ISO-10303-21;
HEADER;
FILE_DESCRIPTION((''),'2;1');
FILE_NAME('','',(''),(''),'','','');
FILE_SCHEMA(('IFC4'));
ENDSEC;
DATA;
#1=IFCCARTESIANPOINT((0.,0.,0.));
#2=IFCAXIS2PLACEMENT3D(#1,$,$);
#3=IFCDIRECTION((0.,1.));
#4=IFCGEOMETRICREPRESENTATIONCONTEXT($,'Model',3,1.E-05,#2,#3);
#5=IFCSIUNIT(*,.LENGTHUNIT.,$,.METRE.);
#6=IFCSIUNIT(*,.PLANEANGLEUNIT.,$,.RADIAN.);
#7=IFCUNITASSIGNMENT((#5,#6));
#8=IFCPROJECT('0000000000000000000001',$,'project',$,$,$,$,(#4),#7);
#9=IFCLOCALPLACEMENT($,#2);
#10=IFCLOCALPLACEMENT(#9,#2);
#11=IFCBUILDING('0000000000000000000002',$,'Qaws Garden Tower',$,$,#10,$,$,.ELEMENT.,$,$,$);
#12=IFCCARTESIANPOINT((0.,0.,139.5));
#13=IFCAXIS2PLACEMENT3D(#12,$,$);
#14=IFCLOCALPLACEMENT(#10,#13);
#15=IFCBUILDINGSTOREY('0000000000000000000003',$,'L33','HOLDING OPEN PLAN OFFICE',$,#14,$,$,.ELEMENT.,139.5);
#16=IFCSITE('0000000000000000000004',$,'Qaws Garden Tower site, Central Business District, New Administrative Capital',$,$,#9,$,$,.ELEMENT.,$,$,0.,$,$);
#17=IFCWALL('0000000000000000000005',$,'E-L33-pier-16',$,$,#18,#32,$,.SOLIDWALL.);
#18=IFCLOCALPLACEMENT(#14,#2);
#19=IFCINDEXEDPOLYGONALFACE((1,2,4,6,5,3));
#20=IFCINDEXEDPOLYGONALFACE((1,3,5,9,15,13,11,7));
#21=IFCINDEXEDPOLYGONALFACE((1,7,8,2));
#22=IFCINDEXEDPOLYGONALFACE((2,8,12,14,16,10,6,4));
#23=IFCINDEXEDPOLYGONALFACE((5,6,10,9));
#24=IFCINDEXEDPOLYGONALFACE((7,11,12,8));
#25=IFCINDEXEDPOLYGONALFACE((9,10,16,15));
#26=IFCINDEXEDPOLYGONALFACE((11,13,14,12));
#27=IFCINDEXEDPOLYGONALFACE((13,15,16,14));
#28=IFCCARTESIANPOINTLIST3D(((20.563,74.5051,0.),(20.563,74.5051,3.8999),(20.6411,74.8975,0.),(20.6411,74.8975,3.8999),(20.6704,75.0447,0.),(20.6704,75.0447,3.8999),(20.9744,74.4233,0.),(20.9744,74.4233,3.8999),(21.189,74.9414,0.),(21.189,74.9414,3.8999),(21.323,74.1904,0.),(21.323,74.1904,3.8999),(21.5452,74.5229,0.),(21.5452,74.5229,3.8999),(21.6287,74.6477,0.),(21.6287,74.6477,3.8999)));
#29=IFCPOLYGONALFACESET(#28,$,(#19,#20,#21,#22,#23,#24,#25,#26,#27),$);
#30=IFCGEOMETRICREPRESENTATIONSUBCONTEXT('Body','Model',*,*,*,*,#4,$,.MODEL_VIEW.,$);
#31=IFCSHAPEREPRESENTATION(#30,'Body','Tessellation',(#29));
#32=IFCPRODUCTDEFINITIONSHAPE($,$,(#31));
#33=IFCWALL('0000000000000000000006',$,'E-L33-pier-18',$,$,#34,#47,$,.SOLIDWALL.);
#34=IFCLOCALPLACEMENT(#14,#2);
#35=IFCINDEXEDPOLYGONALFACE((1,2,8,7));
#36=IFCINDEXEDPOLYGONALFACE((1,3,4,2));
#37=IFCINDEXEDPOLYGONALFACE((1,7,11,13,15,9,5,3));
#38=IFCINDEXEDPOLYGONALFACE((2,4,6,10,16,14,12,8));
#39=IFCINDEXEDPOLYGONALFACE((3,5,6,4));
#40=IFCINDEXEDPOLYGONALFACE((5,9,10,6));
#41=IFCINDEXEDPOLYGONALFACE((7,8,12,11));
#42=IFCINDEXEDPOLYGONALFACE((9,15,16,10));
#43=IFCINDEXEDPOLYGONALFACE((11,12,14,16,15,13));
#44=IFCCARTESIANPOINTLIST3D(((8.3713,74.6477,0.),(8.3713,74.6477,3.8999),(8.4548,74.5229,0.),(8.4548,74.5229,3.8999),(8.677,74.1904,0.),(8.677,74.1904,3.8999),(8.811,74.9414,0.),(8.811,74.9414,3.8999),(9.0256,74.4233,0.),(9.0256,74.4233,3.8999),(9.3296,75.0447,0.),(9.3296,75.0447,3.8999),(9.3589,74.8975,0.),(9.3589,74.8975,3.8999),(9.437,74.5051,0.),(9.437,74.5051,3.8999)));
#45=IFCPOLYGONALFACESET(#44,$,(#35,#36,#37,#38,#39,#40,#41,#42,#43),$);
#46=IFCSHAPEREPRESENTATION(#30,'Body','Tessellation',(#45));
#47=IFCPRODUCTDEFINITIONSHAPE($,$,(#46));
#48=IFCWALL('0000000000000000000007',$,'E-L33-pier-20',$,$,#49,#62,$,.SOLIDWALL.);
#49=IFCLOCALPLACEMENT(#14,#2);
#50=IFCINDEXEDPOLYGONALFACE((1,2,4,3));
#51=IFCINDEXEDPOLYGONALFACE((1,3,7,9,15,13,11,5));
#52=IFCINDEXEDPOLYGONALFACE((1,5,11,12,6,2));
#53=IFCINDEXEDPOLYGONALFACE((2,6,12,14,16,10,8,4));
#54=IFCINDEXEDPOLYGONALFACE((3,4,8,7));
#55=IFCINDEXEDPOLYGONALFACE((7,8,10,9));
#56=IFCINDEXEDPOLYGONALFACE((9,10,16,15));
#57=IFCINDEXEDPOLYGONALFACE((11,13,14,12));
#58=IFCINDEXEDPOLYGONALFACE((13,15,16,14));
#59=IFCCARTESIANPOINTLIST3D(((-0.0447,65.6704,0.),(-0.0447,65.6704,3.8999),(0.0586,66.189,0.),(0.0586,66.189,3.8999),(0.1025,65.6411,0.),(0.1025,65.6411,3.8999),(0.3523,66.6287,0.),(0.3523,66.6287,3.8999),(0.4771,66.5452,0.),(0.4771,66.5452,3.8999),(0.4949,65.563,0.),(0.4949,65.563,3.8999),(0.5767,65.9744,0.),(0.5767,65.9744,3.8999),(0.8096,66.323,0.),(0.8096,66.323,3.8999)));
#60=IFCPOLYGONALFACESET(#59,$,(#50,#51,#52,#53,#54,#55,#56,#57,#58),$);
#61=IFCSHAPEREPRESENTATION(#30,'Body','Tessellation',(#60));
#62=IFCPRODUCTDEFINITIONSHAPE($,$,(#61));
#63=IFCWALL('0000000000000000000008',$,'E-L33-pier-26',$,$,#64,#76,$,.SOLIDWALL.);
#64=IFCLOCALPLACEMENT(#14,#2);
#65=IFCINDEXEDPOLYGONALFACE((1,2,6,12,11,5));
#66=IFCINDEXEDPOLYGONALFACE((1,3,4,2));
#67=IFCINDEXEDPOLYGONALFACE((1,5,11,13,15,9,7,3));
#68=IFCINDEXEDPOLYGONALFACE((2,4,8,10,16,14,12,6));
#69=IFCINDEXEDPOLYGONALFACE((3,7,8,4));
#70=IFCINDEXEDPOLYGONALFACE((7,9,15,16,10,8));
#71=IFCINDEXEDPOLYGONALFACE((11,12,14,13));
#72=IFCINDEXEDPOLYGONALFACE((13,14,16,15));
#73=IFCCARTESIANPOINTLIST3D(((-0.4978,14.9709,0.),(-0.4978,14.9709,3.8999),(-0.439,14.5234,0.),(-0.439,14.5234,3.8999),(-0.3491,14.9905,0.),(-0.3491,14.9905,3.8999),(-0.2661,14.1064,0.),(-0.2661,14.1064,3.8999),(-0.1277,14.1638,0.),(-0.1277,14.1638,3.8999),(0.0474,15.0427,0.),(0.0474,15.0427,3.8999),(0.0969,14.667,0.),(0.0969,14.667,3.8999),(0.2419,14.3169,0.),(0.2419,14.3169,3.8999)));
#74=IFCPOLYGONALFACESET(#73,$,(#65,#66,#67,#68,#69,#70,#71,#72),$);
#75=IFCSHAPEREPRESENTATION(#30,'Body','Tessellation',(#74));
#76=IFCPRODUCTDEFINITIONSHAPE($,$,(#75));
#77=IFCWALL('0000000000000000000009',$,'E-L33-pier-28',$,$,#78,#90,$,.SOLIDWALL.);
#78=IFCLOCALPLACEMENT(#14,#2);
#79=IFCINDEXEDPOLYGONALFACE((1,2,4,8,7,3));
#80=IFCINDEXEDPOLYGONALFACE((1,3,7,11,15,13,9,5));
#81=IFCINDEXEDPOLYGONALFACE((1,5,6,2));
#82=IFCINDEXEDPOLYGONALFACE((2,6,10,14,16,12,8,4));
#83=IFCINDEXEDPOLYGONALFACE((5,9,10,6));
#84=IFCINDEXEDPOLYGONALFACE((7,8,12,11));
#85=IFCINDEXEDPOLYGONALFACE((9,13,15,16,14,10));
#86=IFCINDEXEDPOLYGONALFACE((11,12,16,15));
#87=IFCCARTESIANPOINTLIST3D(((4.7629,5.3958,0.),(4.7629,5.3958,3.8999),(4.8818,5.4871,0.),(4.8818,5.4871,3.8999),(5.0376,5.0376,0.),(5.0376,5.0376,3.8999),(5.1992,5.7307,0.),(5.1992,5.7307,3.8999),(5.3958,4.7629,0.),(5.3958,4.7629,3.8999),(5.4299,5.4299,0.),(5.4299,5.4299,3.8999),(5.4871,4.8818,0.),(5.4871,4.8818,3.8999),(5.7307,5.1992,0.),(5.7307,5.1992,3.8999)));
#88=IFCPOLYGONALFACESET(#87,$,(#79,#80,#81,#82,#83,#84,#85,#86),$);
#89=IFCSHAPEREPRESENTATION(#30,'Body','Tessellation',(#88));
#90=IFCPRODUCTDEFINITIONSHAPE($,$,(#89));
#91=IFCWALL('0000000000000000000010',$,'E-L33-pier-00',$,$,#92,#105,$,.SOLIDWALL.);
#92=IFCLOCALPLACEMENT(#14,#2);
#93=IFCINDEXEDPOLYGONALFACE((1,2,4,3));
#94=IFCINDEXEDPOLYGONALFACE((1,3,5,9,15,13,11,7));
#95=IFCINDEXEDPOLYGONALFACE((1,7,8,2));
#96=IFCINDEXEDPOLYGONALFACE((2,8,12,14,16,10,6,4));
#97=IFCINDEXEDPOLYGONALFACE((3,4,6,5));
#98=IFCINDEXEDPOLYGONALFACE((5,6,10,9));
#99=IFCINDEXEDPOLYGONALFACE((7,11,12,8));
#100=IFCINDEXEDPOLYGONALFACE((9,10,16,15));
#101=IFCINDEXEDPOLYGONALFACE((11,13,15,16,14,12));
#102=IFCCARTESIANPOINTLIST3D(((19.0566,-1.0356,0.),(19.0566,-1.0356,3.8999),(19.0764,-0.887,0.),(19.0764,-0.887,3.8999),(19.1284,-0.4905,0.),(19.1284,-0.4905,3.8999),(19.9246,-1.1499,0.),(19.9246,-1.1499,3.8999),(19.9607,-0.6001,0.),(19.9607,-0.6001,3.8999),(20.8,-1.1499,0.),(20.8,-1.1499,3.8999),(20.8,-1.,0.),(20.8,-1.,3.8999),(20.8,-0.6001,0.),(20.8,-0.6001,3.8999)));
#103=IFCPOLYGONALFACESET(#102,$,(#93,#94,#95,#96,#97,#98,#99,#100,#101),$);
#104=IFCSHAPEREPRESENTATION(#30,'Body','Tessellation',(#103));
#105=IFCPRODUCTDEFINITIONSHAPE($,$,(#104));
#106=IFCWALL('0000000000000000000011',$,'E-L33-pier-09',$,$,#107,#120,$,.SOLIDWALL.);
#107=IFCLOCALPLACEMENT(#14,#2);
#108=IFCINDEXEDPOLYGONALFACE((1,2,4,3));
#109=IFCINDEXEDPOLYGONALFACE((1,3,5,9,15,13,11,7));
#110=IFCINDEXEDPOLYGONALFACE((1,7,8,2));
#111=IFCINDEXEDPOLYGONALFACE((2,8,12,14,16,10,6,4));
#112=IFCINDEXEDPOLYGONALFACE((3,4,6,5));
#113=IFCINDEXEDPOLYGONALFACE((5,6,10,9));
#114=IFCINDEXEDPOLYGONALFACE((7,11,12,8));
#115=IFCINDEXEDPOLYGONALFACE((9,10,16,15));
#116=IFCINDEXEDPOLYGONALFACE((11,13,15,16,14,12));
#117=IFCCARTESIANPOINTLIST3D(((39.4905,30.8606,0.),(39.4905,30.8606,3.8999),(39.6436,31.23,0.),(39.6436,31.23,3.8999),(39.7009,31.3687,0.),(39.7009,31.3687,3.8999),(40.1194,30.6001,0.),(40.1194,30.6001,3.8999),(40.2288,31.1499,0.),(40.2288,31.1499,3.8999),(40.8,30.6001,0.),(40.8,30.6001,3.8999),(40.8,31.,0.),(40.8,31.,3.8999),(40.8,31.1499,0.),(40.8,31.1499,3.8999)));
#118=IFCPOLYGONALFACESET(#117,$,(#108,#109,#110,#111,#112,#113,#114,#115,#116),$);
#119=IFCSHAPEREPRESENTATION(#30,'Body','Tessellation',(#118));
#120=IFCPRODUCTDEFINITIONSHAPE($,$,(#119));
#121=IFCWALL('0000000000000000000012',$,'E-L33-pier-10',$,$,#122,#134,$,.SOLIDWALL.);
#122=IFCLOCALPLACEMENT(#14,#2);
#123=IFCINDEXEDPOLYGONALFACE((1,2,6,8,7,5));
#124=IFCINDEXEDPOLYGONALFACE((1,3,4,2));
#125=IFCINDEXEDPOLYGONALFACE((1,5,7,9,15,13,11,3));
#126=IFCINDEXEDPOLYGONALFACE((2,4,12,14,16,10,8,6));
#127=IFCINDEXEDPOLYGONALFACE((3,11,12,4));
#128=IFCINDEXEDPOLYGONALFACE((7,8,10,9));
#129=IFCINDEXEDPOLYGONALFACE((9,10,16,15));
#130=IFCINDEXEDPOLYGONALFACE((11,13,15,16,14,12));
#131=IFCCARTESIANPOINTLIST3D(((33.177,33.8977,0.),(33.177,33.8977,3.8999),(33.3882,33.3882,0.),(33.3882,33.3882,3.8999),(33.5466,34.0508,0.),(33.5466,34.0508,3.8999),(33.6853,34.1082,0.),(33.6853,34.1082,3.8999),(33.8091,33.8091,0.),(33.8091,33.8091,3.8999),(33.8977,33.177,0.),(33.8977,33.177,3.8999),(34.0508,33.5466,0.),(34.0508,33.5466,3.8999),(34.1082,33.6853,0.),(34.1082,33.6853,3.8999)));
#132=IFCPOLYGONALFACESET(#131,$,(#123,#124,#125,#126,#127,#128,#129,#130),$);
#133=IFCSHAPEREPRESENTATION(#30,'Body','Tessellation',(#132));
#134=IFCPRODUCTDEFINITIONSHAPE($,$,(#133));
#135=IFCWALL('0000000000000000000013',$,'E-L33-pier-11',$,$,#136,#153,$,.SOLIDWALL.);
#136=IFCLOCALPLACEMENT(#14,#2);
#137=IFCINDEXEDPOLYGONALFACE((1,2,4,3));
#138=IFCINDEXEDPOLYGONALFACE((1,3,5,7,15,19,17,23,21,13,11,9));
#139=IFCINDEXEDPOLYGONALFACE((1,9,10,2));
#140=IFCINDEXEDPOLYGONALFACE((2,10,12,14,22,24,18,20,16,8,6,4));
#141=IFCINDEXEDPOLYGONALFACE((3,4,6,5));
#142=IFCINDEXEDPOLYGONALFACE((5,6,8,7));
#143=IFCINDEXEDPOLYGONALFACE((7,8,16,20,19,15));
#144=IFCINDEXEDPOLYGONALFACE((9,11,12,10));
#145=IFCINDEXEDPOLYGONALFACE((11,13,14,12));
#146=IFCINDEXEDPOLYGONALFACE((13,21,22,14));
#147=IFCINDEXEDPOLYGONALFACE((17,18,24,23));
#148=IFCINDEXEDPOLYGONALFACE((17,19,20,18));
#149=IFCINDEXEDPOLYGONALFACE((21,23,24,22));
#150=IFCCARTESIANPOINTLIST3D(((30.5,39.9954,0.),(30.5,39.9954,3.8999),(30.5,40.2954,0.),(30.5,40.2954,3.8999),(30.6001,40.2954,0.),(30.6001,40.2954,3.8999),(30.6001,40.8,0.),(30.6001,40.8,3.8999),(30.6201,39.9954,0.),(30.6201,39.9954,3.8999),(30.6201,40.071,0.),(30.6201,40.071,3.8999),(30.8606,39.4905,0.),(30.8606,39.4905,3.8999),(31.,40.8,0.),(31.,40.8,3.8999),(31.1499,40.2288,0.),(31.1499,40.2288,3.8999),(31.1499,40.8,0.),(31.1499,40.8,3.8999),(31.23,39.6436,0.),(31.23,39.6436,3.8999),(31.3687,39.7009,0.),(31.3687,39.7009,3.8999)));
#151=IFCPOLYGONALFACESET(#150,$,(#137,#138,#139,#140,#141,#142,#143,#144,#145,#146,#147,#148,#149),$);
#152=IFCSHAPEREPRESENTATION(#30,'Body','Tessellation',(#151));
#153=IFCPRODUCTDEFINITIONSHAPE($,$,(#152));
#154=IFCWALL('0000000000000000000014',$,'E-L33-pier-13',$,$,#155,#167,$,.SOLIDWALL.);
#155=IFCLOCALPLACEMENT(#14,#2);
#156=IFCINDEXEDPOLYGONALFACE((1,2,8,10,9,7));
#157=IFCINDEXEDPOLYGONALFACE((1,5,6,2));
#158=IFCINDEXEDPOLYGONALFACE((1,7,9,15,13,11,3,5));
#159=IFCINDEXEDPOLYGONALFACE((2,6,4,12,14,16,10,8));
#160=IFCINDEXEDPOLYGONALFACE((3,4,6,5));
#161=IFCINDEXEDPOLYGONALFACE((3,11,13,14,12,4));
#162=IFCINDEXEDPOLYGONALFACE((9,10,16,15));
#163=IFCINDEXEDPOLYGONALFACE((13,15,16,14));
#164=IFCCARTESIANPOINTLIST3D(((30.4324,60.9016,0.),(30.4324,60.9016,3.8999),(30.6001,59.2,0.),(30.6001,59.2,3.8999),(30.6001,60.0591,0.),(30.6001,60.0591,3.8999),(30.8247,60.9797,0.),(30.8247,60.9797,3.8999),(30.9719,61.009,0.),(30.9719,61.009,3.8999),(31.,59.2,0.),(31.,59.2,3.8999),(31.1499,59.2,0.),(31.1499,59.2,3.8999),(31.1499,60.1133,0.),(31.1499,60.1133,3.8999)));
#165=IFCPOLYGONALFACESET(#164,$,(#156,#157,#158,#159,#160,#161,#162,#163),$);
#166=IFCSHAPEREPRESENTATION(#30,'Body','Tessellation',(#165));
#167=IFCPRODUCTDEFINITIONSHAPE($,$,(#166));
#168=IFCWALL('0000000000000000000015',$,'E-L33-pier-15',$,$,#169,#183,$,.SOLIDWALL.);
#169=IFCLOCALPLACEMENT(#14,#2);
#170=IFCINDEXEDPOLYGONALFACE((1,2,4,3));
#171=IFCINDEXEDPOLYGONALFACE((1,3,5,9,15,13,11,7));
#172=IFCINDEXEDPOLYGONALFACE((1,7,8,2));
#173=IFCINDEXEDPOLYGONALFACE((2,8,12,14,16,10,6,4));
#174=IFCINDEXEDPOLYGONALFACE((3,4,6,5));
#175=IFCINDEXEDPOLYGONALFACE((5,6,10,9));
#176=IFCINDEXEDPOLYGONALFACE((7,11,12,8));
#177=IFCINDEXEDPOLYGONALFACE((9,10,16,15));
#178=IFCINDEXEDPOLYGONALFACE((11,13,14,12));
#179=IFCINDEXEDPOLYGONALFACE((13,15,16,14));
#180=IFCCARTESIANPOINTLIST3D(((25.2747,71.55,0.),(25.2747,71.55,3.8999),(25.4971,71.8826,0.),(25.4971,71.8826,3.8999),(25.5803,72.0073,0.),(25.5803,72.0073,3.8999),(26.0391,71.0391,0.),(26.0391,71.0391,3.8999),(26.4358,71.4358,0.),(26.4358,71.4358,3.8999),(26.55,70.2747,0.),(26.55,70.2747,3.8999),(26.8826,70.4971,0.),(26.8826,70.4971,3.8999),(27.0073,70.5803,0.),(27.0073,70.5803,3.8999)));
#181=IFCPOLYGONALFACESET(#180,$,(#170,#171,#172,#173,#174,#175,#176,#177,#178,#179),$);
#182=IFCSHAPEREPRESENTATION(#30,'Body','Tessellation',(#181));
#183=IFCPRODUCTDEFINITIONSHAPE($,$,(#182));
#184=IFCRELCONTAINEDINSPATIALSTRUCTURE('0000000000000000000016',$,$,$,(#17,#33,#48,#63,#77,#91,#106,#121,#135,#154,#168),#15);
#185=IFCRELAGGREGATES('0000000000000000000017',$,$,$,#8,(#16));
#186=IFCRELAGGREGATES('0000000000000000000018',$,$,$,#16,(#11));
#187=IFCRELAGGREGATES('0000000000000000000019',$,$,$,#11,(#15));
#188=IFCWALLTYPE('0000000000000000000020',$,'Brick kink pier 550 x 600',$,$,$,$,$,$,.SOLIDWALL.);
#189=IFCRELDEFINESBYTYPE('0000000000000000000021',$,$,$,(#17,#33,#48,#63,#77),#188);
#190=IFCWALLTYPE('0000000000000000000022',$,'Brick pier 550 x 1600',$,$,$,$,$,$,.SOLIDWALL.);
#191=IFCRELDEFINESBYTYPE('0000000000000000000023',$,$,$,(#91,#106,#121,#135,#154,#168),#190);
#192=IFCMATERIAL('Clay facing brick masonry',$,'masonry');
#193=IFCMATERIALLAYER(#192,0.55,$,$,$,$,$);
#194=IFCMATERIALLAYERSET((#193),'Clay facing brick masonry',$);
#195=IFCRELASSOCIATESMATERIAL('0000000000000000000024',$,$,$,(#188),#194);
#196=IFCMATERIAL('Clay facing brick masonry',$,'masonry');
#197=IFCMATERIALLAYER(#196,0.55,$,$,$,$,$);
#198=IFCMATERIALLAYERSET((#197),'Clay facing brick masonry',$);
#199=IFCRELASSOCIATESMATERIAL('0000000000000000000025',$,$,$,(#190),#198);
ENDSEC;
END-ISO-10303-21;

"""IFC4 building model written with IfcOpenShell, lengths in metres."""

from ifc_helpers import new_model, si_unit, direction, frame, origin, place, context, subcontext, project, spatial, polyline, outline, extrude, material, layer, layer_set, type_object, element, save


model = new_model("IFC4")

# Units and contexts
model_context = context("Model", 3, precision=1e-05, world=origin(), true_north=direction((0.0, 1.0)))
body_context = subcontext(model_context, "Body", "Model", "MODEL_VIEW")
ifc_project = project(units=[si_unit("LENGTHUNIT", "METRE"), si_unit("PLANEANGLEUNIT", "RADIAN")], contexts=[model_context])

# Site, building, storey
site_placement = place(None, origin())
site = spatial("IfcSite", under=ifc_project, at=site_placement, Name="Qaws Garden Tower site, Central Business District, New Administrative Capital", CompositionType="ELEMENT", RefElevation=0.0)
building_placement = place(site_placement, origin())
building = spatial("IfcBuilding", under=site, at=building_placement, Name="Qaws Garden Tower", CompositionType="ELEMENT")
storey_placement = place(building_placement, frame((0.0, 0.0, 139.5)))
storey = spatial("IfcBuildingStorey", under=building, at=storey_placement, Name="L33", Description="HOLDING OPEN PLAN OFFICE", CompositionType="ELEMENT", Elevation=139.5)

# Walls
placement = place(storey_placement, origin())
ifc_material_1 = material(Name="Clay facing brick masonry", Category="masonry")
ifc_layer_1 = layer(ifc_material_1, 0.55)
ifc_layer_set_1 = layer_set([ifc_layer_1], Name="Clay facing brick masonry")
wall_type_1 = type_object("IfcWallType", Name="Brick kink pier 550 x 600", PredefinedType="SOLIDWALL", material=ifc_layer_set_1)
element("IfcWall", 1, at=placement, inside=storey, type_object=wall_type_1, Name="E-L33-pier-16", PredefinedType="SOLIDWALL", context=body_context, shape_type="SweptSolid", body=[
    extrude(outline(polyline([(21.5452, 74.5229), (21.6287, 74.6477), (21.189, 74.9414), (20.6704, 75.0447), (20.6411, 74.8975), (20.563, 74.5051), (20.9744, 74.4233), (21.323, 74.1904), (21.5452, 74.5229)])), origin(), (0.0, 0.0, 1.0), 3.8999),
])
element("IfcWall", 2, at=placement, inside=storey, type_object=wall_type_1, Name="E-L33-pier-18", PredefinedType="SOLIDWALL", context=body_context, shape_type="SweptSolid", body=[
    extrude(outline(polyline([(9.3589, 74.8975), (9.3296, 75.0447), (8.811, 74.9414), (8.3713, 74.6477), (8.4548, 74.5229), (8.677, 74.1904), (9.0256, 74.4233), (9.437, 74.5051), (9.3589, 74.8975)])), origin(), (0.0, 0.0, 1.0), 3.8999),
])
element("IfcWall", 3, at=placement, inside=storey, type_object=wall_type_1, Name="E-L33-pier-20", PredefinedType="SOLIDWALL", context=body_context, shape_type="SweptSolid", body=[
    extrude(outline(polyline([(0.4771, 66.5452), (0.3523, 66.6287), (0.0586, 66.189), (-0.0447, 65.6704), (0.1025, 65.6411), (0.4949, 65.563), (0.5767, 65.9744), (0.8096, 66.323), (0.4771, 66.5452)])), origin(), (0.0, 0.0, 1.0), 3.8999),
])
element("IfcWall", 4, at=placement, inside=storey, type_object=wall_type_1, Name="E-L33-pier-26", PredefinedType="SOLIDWALL", context=body_context, shape_type="SweptSolid", body=[
    extrude(outline(polyline([(-0.3491, 14.9905), (-0.4978, 14.9709), (-0.439, 14.5234), (-0.2661, 14.1064), (-0.1277, 14.1638), (0.2419, 14.3169), (0.0969, 14.667), (0.0474, 15.0427), (-0.3491, 14.9905)])), origin(), (0.0, 0.0, 1.0), 3.8999),
])
element("IfcWall", 5, at=placement, inside=storey, type_object=wall_type_1, Name="E-L33-pier-28", PredefinedType="SOLIDWALL", context=body_context, shape_type="SweptSolid", body=[
    extrude(outline(polyline([(4.8818, 5.4871), (4.7629, 5.3958), (5.0376, 5.0376), (5.3958, 4.7629), (5.4871, 4.8818), (5.7307, 5.1992), (5.4299, 5.4299), (5.1992, 5.7307), (4.8818, 5.4871)])), origin(), (0.0, 0.0, 1.0), 3.8999),
])
ifc_material_2 = material(Name="Clay facing brick masonry", Category="masonry")
ifc_layer_2 = layer(ifc_material_2, 0.55)
ifc_layer_set_2 = layer_set([ifc_layer_2], Name="Clay facing brick masonry")
wall_type_2 = type_object("IfcWallType", Name="Brick pier 550 x 1600", PredefinedType="SOLIDWALL", material=ifc_layer_set_2)
element("IfcWall", 6, at=placement, inside=storey, type_object=wall_type_2, Name="E-L33-pier-00", PredefinedType="SOLIDWALL", context=body_context, shape_type="SweptSolid", body=[
    extrude(outline(polyline([(19.0764, -0.887), (19.0566, -1.0356), (19.9246, -1.1499), (20.8, -1.1499), (20.8, -1.0), (20.8, -0.6001), (19.9607, -0.6001), (19.1284, -0.4905), (19.0764, -0.887)])), origin(), (0.0, 0.0, 1.0), 3.8999),
])
element("IfcWall", 7, at=placement, inside=storey, type_object=wall_type_2, Name="E-L33-pier-09", PredefinedType="SOLIDWALL", context=body_context, shape_type="SweptSolid", body=[
    extrude(outline(polyline([(40.8, 31.0), (40.8, 31.1499), (40.2288, 31.1499), (39.7009, 31.3687), (39.6436, 31.23), (39.4905, 30.8606), (40.1194, 30.6001), (40.8, 30.6001), (40.8, 31.0)])), origin(), (0.0, 0.0, 1.0), 3.8999),
])
element("IfcWall", 8, at=placement, inside=storey, type_object=wall_type_2, Name="E-L33-pier-10", PredefinedType="SOLIDWALL", context=body_context, shape_type="SweptSolid", body=[
    extrude(outline(polyline([(34.0508, 33.5466), (34.1082, 33.6853), (33.8091, 33.8091), (33.6853, 34.1082), (33.5466, 34.0508), (33.177, 33.8977), (33.3882, 33.3882), (33.8977, 33.177), (34.0508, 33.5466)])), origin(), (0.0, 0.0, 1.0), 3.8999),
])
element("IfcWall", 9, at=placement, inside=storey, type_object=wall_type_2, Name="E-L33-pier-11", PredefinedType="SOLIDWALL", context=body_context, shape_type="SweptSolid", body=[
    extrude(outline(polyline([(30.6201, 39.9954), (30.6201, 40.071), (30.8606, 39.4905), (31.23, 39.6436), (31.3687, 39.7009), (31.1499, 40.2288), (31.1499, 40.8), (31.0, 40.8), (30.6001, 40.8), (30.6001, 40.2954), (30.5, 40.2954), (30.5, 39.9954), (30.6201, 39.9954)])), origin(), (0.0, 0.0, 1.0), 3.8999),
])
element("IfcWall", 10, at=placement, inside=storey, type_object=wall_type_2, Name="E-L33-pier-13", PredefinedType="SOLIDWALL", context=body_context, shape_type="SweptSolid", body=[
    extrude(outline(polyline([(31.0, 59.2), (31.1499, 59.2), (31.1499, 60.1133), (30.9719, 61.009), (30.8247, 60.9797), (30.4324, 60.9016), (30.6001, 60.0591), (30.6001, 59.2), (31.0, 59.2)])), origin(), (0.0, 0.0, 1.0), 3.8999),
])
element("IfcWall", 11, at=placement, inside=storey, type_object=wall_type_2, Name="E-L33-pier-15", PredefinedType="SOLIDWALL", context=body_context, shape_type="SweptSolid", body=[
    extrude(outline(polyline([(26.8826, 70.4971), (27.0073, 70.5803), (26.4358, 71.4358), (25.5803, 72.0073), (25.4971, 71.8826), (25.2747, 71.55), (26.0391, 71.0391), (26.55, 70.2747), (26.8826, 70.4971)])), origin(), (0.0, 0.0, 1.0), 3.8999),
])

save(model, "model.ifc")
